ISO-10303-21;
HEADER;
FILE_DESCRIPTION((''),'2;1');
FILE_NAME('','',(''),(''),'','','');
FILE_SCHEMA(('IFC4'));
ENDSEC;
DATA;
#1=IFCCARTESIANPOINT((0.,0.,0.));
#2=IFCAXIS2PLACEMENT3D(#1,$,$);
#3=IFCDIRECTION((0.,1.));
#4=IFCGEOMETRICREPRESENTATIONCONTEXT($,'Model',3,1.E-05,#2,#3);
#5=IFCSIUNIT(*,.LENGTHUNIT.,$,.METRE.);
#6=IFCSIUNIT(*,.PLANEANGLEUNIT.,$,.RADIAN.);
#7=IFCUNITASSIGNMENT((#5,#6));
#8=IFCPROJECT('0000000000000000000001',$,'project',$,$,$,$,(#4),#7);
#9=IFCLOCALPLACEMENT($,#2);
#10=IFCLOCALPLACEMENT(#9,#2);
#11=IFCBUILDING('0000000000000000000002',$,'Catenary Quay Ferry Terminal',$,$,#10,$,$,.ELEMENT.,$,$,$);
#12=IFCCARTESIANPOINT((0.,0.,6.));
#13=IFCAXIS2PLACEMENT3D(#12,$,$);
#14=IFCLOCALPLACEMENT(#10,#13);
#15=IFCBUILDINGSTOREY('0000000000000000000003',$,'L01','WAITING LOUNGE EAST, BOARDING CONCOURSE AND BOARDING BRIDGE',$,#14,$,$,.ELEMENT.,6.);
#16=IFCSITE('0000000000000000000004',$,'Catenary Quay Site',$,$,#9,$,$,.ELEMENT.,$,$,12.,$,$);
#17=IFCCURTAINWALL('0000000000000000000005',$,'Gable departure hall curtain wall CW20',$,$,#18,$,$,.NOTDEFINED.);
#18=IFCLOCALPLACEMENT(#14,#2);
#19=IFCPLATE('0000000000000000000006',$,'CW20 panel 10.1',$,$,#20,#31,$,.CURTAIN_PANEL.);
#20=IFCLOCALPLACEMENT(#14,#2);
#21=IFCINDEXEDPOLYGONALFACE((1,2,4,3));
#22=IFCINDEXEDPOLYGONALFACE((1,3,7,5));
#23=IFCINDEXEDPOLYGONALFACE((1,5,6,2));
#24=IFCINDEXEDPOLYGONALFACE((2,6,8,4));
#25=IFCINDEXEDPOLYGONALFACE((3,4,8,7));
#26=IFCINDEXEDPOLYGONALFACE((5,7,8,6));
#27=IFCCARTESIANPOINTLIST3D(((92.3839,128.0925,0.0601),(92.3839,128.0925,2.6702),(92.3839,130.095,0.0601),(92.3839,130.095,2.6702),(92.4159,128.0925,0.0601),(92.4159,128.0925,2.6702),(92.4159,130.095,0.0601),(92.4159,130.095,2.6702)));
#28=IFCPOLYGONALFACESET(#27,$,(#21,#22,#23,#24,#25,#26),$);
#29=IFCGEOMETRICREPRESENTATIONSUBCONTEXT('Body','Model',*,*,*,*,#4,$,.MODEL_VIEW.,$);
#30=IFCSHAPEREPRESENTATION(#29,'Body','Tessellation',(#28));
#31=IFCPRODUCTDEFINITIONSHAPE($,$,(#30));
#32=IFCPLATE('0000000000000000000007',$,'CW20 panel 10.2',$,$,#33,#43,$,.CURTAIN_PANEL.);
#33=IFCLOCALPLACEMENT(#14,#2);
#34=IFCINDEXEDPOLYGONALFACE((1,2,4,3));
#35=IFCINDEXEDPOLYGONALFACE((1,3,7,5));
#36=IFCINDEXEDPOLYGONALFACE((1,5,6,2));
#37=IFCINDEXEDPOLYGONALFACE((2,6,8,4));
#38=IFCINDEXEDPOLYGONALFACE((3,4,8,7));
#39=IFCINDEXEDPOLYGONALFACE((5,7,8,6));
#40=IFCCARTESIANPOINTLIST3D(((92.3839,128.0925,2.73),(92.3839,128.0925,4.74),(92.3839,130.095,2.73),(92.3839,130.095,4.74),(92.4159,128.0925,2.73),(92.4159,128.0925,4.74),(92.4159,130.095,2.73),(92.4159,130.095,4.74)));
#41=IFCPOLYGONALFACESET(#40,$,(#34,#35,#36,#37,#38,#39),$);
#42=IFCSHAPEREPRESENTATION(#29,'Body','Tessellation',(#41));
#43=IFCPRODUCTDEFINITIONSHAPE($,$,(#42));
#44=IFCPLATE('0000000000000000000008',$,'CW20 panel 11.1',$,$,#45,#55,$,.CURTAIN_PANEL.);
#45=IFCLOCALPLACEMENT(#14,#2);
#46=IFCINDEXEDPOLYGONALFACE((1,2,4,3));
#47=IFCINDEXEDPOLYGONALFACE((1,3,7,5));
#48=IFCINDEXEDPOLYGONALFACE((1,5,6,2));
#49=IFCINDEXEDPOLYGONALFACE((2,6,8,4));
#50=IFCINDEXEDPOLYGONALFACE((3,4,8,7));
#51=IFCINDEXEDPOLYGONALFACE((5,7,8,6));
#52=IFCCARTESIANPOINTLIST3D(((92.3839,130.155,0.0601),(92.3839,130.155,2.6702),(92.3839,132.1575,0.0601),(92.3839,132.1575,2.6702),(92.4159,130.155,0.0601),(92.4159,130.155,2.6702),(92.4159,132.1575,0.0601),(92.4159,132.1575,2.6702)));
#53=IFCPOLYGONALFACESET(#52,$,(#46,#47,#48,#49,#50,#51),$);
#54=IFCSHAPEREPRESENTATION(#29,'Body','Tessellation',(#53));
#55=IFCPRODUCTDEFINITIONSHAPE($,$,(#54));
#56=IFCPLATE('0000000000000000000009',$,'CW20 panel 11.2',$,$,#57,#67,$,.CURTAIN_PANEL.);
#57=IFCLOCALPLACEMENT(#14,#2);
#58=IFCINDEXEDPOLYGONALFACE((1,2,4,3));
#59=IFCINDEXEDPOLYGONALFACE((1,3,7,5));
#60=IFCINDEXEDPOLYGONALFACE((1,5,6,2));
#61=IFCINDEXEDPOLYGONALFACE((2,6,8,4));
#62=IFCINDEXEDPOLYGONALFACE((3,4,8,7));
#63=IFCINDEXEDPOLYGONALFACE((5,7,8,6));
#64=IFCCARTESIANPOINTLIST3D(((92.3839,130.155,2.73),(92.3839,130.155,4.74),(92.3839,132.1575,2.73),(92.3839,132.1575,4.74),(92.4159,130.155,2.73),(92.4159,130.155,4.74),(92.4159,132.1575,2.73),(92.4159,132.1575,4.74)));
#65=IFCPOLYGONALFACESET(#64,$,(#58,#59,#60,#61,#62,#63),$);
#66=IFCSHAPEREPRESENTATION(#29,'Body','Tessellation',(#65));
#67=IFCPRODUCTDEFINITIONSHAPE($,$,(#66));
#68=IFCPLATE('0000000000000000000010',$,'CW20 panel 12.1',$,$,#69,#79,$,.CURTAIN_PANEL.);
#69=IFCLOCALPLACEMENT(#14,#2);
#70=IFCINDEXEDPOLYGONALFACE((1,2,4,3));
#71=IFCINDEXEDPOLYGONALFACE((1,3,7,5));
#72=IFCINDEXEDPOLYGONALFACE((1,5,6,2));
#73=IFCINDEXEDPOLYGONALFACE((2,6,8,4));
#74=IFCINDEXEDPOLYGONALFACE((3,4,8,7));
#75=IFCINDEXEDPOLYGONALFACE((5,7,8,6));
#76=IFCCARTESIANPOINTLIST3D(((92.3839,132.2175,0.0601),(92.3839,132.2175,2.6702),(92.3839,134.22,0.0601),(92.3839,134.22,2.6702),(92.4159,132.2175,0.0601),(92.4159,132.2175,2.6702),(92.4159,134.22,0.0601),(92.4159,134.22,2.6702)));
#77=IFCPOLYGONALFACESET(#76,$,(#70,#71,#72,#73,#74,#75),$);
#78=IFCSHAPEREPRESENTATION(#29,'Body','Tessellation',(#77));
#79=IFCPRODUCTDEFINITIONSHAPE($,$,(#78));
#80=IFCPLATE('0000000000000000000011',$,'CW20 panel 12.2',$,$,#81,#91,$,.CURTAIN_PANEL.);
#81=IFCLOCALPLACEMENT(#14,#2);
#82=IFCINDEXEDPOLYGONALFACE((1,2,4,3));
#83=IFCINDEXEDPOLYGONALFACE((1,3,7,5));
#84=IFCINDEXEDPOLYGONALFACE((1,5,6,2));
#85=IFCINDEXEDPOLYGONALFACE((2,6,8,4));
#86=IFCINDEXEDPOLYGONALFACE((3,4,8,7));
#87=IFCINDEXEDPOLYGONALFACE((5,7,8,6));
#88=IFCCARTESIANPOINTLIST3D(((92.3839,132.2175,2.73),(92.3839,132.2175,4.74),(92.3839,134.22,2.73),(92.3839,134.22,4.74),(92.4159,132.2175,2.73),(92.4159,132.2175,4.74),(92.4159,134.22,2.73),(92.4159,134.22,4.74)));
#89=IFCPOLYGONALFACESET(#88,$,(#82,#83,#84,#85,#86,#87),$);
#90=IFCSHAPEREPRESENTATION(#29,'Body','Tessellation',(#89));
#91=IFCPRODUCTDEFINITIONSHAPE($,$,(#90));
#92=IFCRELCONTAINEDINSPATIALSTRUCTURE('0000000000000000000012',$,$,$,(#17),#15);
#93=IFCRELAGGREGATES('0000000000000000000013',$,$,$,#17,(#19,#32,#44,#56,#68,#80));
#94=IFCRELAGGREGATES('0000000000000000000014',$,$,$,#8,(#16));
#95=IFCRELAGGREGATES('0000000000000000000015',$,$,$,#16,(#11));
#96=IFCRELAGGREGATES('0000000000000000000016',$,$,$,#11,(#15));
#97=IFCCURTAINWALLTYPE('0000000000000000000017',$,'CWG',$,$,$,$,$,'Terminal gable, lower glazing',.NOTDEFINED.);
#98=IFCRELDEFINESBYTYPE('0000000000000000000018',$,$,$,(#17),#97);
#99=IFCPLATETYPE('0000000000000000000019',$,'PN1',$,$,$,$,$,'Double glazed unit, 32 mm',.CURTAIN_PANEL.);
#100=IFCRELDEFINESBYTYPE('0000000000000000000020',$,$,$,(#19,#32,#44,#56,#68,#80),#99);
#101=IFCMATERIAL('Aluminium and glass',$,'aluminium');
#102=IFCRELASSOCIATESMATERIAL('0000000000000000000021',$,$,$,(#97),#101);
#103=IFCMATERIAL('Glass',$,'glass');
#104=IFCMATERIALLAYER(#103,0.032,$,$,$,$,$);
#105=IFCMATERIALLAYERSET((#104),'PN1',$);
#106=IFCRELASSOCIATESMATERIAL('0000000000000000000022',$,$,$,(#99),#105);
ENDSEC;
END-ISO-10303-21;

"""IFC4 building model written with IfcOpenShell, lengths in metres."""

from ifc_helpers import new_model, si_unit, direction, frame, origin, origin_2d, place, context, subcontext, project, spatial, rectangle, extrude, material, layer, layer_set, type_object, element, aggregate, save


model = new_model("IFC4")

# Units and contexts
model_context = context("Model", 3, precision=1e-05, world=origin(), true_north=direction((0.0, 1.0)))
body_context = subcontext(model_context, "Body", "Model", "MODEL_VIEW")
ifc_project = project(units=[si_unit("LENGTHUNIT", "METRE"), si_unit("PLANEANGLEUNIT", "RADIAN")], contexts=[model_context])

# Site, building, storey
site_placement = place(None, origin())
site = spatial("IfcSite", under=ifc_project, at=site_placement, Name="Catenary Quay Site", CompositionType="ELEMENT", RefElevation=12.0)
building_placement = place(site_placement, origin())
building = spatial("IfcBuilding", under=site, at=building_placement, Name="Catenary Quay Ferry Terminal", CompositionType="ELEMENT")
storey_placement = place(building_placement, frame((0.0, 0.0, 6.0)))
storey = spatial("IfcBuildingStorey", under=building, at=storey_placement, Name="L01", Description="WAITING LOUNGE EAST, BOARDING CONCOURSE AND BOARDING BRIDGE", CompositionType="ELEMENT", Elevation=6.0)

# Curtain wall, plates
ifc_material_1 = material(Name="Aluminium and glass", Category="aluminium")
curtain_wall_type = type_object("IfcCurtainWallType", Name="CWG", ElementType="Terminal gable, lower glazing", PredefinedType="NOTDEFINED", material=ifc_material_1)
curtain_wall_placement = place(storey_placement, origin())
curtain_wall = element("IfcCurtainWall", 1, at=curtain_wall_placement, inside=storey, type_object=curtain_wall_type, Name="Gable departure hall curtain wall CW20", PredefinedType="NOTDEFINED")
ifc_material_2 = material(Name="Glass", Category="glass")
ifc_layer = layer(ifc_material_2, 0.032)
ifc_layer_set = layer_set([ifc_layer], Name="PN1")
plate_type = type_object("IfcPlateType", Name="PN1", ElementType="Double glazed unit, 32 mm", PredefinedType="CURTAIN_PANEL", material=ifc_layer_set)
plate_1_placement = place(storey_placement, frame((92.3999, 129.0938, 0.0601), z_axis=(0.0, 0.0, 1.0), x_axis=(0.0, 1.0, 0.0)))
plate_1 = element("IfcPlate", 2, at=plate_1_placement, type_object=plate_type, Name="CW20 panel 10.1", PredefinedType="CURTAIN_PANEL", context=body_context, shape_type="SweptSolid", body=[
    extrude(rectangle(XDim=2.0024, YDim=0.032, at=origin_2d()), origin(), (0.0, 0.0, 1.0), 2.6101),
])
plate_2_placement = place(storey_placement, frame((92.3999, 129.0938, 2.73), z_axis=(0.0, 0.0, 1.0), x_axis=(0.0, 1.0, 0.0)))
plate_2 = element("IfcPlate", 3, at=plate_2_placement, type_object=plate_type, Name="CW20 panel 10.2", PredefinedType="CURTAIN_PANEL", context=body_context, shape_type="SweptSolid", body=[
    extrude(rectangle(XDim=2.0024, YDim=0.032, at=origin_2d()), origin(), (0.0, 0.0, 1.0), 2.01),
])
plate_3_placement = place(storey_placement, frame((92.3999, 131.1562, 0.0601), z_axis=(0.0, 0.0, 1.0), x_axis=(0.0, 1.0, 0.0)))
plate_3 = element("IfcPlate", 4, at=plate_3_placement, type_object=plate_type, Name="CW20 panel 11.1", PredefinedType="CURTAIN_PANEL", context=body_context, shape_type="SweptSolid", body=[
    extrude(rectangle(XDim=2.0024, YDim=0.032, at=origin_2d()), origin(), (0.0, 0.0, 1.0), 2.6101),
])
plate_4_placement = place(storey_placement, frame((92.3999, 131.1562, 2.73), z_axis=(0.0, 0.0, 1.0), x_axis=(0.0, 1.0, 0.0)))
plate_4 = element("IfcPlate", 5, at=plate_4_placement, type_object=plate_type, Name="CW20 panel 11.2", PredefinedType="CURTAIN_PANEL", context=body_context, shape_type="SweptSolid", body=[
    extrude(rectangle(XDim=2.0024, YDim=0.032, at=origin_2d()), origin(), (0.0, 0.0, 1.0), 2.01),
])
plate_5_placement = place(storey_placement, frame((92.3999, 133.2188, 0.0601), z_axis=(0.0, 0.0, 1.0), x_axis=(0.0, 1.0, 0.0)))
plate_5 = element("IfcPlate", 6, at=plate_5_placement, type_object=plate_type, Name="CW20 panel 12.1", PredefinedType="CURTAIN_PANEL", context=body_context, shape_type="SweptSolid", body=[
    extrude(rectangle(XDim=2.0024, YDim=0.032, at=origin_2d()), origin(), (0.0, 0.0, 1.0), 2.6101),
])
plate_6_placement = place(storey_placement, frame((92.3999, 133.2188, 2.73), z_axis=(0.0, 0.0, 1.0), x_axis=(0.0, 1.0, 0.0)))
plate_6 = element("IfcPlate", 7, at=plate_6_placement, type_object=plate_type, Name="CW20 panel 12.2", PredefinedType="CURTAIN_PANEL", context=body_context, shape_type="SweptSolid", body=[
    extrude(rectangle(XDim=2.0024, YDim=0.032, at=origin_2d()), origin(), (0.0, 0.0, 1.0), 2.01),
])
aggregate(curtain_wall, [plate_1, plate_2, plate_3, plate_4, plate_5, plate_6])

save(model, "model.ifc")
